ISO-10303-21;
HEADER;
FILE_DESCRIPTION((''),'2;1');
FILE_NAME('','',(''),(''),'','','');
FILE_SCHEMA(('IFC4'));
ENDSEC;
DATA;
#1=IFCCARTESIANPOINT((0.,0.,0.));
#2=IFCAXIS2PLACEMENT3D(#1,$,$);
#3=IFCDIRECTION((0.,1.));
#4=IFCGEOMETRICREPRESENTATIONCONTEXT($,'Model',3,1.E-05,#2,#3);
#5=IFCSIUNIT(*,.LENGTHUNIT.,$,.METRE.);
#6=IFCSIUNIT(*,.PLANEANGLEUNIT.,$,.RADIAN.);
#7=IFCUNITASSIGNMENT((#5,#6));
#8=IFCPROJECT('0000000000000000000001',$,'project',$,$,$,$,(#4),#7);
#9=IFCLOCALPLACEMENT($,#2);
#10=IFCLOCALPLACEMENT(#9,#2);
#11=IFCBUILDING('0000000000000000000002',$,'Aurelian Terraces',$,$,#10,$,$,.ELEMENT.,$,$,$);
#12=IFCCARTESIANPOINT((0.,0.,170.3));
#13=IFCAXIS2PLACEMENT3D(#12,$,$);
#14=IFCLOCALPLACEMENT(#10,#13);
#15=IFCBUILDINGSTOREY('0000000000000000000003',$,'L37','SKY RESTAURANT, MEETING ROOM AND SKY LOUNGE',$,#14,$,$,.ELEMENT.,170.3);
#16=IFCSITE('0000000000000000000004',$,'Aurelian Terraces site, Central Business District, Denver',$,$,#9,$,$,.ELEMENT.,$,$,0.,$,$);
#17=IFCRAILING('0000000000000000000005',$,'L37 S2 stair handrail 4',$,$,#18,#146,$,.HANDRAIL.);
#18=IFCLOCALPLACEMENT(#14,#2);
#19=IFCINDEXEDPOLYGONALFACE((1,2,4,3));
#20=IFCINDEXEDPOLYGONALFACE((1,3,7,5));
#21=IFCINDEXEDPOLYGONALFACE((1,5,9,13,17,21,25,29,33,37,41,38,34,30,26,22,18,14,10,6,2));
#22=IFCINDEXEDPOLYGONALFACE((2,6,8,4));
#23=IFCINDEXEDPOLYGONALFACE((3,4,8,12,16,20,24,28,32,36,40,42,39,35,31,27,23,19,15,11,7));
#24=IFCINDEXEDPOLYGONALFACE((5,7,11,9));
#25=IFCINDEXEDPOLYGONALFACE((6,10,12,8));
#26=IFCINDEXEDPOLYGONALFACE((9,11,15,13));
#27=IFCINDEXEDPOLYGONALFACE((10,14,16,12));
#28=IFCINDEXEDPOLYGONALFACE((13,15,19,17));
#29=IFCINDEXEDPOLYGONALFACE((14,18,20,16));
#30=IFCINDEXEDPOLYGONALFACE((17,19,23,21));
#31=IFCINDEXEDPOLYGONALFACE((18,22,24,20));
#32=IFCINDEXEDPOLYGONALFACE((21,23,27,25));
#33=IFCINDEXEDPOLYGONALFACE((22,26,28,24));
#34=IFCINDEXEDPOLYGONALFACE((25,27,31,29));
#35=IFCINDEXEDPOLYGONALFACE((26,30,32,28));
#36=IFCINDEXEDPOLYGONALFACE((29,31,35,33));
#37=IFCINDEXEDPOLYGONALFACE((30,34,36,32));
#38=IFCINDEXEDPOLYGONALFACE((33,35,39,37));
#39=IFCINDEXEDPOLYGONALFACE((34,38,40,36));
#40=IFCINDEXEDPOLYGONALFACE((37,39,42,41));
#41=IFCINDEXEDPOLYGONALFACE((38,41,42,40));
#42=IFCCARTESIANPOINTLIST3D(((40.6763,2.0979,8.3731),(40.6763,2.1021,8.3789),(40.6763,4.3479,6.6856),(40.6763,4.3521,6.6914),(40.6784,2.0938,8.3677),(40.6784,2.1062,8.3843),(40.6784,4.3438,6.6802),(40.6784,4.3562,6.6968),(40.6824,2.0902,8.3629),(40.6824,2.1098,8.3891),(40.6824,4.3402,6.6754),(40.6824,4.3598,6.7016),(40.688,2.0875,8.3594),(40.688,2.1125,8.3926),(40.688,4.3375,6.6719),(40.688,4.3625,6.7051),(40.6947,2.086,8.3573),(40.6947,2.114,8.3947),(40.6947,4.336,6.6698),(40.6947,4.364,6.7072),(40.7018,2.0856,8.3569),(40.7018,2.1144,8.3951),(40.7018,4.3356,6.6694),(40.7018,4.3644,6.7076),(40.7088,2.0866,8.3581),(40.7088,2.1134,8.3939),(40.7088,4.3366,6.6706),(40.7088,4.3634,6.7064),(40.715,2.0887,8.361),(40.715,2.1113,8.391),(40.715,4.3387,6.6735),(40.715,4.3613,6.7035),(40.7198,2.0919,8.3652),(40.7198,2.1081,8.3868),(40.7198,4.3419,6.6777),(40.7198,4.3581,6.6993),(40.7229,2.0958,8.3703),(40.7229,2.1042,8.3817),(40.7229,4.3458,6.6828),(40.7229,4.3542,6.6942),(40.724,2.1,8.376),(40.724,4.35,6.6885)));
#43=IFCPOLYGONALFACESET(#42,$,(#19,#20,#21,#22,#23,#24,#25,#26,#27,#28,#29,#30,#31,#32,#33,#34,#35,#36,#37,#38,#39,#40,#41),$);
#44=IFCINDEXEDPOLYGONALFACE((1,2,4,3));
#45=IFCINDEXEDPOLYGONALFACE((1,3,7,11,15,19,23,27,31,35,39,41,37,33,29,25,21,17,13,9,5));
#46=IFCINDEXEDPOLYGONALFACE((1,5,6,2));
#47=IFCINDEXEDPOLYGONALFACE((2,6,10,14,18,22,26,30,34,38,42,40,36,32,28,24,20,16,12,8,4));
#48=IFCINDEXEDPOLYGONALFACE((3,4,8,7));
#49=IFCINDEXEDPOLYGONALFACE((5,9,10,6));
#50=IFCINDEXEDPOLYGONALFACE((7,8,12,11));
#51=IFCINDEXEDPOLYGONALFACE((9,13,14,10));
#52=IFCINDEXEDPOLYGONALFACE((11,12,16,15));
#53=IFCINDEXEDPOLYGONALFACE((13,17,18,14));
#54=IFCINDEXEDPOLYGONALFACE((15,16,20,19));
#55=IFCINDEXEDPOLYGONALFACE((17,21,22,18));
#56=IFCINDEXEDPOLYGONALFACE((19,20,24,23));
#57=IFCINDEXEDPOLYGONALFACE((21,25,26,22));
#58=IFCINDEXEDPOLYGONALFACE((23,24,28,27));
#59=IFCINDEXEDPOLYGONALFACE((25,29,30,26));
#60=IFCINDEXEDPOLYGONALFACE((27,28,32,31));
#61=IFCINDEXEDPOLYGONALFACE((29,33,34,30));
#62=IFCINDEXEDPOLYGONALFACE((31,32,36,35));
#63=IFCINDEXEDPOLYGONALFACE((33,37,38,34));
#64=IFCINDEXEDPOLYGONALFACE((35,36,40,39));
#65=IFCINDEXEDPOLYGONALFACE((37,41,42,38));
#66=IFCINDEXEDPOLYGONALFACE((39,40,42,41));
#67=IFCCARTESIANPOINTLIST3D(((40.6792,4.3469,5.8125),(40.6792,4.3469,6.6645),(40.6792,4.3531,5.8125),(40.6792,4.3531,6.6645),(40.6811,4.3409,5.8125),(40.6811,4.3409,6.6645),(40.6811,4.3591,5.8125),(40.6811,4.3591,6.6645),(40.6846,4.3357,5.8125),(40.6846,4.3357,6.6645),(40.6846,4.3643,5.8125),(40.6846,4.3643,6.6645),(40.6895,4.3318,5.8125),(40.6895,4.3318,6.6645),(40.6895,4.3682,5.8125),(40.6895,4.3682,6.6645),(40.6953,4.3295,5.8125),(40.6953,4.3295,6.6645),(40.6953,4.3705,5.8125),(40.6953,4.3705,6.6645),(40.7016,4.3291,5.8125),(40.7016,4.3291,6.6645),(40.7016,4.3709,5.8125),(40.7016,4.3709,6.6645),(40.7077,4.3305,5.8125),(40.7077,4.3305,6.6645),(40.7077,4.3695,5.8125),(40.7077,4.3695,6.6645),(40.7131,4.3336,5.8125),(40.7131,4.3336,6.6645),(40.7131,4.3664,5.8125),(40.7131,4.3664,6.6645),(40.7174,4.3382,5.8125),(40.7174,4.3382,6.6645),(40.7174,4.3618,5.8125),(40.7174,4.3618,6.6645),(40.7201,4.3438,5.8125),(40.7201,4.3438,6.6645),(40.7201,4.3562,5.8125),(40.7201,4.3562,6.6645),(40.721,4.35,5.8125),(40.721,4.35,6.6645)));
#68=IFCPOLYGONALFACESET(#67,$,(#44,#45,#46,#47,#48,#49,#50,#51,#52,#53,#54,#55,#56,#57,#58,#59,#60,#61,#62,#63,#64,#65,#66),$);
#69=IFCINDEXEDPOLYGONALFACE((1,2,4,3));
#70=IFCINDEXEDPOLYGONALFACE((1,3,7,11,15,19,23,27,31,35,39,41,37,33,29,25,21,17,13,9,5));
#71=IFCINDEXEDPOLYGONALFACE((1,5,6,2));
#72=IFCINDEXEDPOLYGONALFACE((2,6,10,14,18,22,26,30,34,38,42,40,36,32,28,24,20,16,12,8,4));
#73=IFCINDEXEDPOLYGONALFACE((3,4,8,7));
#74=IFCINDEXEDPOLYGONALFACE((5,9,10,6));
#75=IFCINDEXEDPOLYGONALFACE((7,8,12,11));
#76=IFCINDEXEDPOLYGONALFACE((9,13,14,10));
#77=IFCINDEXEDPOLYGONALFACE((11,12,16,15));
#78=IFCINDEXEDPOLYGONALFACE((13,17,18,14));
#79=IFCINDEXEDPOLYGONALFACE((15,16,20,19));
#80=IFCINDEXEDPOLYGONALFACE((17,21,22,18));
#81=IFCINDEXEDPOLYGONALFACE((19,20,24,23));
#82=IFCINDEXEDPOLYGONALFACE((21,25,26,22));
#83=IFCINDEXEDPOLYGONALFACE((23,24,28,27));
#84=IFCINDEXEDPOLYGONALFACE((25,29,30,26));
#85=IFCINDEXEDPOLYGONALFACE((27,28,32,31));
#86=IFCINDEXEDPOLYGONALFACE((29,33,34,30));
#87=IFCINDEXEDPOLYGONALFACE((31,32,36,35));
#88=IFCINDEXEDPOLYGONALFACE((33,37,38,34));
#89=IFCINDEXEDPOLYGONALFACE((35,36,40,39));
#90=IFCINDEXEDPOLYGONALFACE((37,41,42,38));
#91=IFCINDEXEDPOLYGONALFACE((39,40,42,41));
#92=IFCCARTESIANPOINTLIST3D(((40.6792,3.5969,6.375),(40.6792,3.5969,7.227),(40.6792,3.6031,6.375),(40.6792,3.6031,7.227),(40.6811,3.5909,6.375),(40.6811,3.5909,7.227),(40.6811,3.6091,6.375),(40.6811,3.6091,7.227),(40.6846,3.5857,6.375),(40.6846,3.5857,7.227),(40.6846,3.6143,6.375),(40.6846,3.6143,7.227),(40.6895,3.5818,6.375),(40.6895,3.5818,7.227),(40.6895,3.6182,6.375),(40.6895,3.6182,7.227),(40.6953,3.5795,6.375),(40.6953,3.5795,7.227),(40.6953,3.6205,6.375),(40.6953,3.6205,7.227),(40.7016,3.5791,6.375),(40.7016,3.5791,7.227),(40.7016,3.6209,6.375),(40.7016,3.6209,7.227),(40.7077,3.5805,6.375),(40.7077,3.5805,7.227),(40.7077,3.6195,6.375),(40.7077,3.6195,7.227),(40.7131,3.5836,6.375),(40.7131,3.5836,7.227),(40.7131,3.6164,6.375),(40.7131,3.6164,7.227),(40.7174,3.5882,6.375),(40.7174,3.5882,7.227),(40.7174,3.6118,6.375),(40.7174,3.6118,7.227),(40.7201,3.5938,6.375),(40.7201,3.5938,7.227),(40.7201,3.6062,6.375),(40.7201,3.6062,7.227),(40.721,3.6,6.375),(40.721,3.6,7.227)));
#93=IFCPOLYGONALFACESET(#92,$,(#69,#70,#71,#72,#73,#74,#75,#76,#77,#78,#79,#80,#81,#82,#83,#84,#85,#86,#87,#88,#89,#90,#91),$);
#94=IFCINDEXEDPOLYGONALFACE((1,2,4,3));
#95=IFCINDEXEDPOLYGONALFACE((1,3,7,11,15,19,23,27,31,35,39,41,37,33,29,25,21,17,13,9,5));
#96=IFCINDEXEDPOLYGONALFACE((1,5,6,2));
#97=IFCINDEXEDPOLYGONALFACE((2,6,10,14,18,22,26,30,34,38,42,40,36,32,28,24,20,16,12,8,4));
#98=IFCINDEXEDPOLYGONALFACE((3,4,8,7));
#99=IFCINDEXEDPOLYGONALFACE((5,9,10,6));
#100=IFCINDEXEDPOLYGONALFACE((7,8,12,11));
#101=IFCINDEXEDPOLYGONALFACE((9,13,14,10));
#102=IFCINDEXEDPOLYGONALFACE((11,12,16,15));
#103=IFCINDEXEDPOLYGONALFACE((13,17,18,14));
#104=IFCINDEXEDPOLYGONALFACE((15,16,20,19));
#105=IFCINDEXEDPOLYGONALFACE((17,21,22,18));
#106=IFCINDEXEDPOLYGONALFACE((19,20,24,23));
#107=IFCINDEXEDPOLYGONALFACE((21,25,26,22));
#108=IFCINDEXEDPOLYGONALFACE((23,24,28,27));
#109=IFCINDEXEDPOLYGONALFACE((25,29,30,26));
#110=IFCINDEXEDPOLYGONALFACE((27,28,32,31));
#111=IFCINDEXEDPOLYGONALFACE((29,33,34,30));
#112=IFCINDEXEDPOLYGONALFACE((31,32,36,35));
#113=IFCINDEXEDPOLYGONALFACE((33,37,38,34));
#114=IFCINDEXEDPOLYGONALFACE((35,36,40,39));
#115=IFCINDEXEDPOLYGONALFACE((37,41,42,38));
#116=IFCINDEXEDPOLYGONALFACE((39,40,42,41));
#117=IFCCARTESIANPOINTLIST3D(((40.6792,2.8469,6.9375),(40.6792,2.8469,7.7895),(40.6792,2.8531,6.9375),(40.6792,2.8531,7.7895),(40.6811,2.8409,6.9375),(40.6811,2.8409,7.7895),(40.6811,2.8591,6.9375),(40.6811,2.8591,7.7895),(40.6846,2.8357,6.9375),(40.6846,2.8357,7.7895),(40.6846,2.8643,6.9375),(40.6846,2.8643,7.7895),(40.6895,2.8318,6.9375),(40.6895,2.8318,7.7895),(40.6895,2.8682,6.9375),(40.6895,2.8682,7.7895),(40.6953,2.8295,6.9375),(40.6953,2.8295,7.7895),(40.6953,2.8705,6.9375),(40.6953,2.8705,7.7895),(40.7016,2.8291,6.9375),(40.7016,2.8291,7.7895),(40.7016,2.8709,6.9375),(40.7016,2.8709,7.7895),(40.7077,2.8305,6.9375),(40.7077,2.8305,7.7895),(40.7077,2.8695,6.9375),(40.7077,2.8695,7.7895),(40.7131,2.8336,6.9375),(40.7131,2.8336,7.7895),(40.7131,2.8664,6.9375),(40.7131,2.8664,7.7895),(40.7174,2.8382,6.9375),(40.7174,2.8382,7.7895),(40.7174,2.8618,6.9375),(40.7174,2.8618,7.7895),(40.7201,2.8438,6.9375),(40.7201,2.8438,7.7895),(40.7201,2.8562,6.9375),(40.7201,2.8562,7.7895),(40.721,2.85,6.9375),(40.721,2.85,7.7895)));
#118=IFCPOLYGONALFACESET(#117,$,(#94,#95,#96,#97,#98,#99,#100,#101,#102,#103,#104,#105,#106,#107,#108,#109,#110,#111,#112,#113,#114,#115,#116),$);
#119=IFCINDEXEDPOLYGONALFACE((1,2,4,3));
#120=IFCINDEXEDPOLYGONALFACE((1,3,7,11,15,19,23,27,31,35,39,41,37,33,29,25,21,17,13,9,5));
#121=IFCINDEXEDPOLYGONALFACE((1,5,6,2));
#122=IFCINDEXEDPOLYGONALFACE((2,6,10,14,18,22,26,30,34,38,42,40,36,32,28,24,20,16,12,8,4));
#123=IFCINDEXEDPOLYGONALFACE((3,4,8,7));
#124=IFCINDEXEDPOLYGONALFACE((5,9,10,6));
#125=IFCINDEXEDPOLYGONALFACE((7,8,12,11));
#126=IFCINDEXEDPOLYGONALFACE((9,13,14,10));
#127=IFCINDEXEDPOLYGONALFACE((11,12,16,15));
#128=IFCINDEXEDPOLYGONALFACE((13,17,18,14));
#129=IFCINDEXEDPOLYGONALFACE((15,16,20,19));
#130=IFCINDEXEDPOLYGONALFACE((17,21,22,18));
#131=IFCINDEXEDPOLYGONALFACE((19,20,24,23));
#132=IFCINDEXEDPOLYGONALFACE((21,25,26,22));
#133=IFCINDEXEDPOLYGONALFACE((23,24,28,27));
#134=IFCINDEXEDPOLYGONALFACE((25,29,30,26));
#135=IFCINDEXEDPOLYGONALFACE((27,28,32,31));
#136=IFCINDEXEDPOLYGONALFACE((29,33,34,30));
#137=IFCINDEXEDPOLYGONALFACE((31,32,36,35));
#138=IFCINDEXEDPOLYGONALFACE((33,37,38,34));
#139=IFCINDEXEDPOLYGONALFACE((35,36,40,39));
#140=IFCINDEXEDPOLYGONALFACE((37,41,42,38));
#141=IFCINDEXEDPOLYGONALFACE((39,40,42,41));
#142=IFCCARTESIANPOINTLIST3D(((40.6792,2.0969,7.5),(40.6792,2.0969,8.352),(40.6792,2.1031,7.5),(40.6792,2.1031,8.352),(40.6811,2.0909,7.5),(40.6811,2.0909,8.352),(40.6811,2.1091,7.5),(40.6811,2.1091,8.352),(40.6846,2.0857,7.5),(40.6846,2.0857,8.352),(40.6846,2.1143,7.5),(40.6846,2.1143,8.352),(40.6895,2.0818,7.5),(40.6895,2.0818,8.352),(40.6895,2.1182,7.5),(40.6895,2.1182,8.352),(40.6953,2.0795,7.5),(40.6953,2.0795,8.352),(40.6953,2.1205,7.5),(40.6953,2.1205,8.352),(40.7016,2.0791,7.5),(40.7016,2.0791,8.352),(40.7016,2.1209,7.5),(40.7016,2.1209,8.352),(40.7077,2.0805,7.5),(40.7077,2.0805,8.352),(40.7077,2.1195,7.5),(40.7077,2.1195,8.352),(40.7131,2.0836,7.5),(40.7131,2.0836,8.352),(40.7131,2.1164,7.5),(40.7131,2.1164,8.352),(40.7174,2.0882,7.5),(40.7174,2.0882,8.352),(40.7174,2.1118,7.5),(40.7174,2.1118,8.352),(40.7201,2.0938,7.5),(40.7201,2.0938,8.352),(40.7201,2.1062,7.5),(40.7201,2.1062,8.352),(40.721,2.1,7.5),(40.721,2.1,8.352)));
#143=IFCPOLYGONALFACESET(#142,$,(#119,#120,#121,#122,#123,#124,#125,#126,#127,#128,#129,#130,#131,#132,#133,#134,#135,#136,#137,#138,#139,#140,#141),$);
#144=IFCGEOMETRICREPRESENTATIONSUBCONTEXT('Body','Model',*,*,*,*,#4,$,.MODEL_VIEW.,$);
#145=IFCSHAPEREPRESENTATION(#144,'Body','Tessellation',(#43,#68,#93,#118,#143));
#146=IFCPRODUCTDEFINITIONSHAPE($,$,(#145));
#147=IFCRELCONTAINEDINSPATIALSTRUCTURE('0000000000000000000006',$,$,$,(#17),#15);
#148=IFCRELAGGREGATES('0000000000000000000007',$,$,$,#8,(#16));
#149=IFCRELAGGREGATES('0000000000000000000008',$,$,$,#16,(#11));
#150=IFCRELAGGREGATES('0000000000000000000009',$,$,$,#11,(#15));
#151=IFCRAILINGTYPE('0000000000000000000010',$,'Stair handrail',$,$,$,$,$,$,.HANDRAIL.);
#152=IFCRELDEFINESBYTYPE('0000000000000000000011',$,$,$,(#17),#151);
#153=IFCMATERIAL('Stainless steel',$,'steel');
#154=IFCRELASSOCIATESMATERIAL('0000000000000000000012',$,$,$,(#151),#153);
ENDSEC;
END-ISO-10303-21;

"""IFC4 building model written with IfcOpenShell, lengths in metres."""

from ifc_helpers import new_model, si_unit, direction, frame, origin, origin_2d, place, context, subcontext, project, spatial, circle, extrude, source, transform, mapped, material, type_object, element, save


model = new_model("IFC4")

# Units and contexts
model_context = context("Model", 3, precision=1e-05, world=origin(), true_north=direction((0.0, 1.0)))
body_context = subcontext(model_context, "Body", "Model", "MODEL_VIEW")
ifc_project = project(units=[si_unit("LENGTHUNIT", "METRE"), si_unit("PLANEANGLEUNIT", "RADIAN")], contexts=[model_context])

# Site, building, storey
site_placement = place(None, origin())
site = spatial("IfcSite", under=ifc_project, at=site_placement, Name="Aurelian Terraces site, Central Business District, Denver", CompositionType="ELEMENT", RefElevation=0.0)
building_placement = place(site_placement, origin())
building = spatial("IfcBuilding", under=site, at=building_placement, Name="Aurelian Terraces", CompositionType="ELEMENT")
storey_placement = place(building_placement, frame((0.0, 0.0, 170.3)))
storey = spatial("IfcBuildingStorey", under=building, at=storey_placement, Name="L37", Description="SKY RESTAURANT, MEETING ROOM AND SKY LOUNGE", CompositionType="ELEMENT", Elevation=170.3)

# Railing
ifc_material_1 = material(Name="Stainless steel", Category="steel")
railing_type_1 = type_object("IfcRailingType", Name="Stair handrail", PredefinedType="HANDRAIL", material=ifc_material_1)
shared_shape_1 = source(origin(), body_context, "Body", "SweptSolid", [
    extrude(circle(Radius=0.024, at=origin_2d()), frame((0.0, 0.0, 0.876), z_axis=(0.0, -0.8, 0.6), x_axis=(1.0, 0.0, 0.0)), (0.0, 0.0, 1.0), 2.8125),
    extrude(circle(Radius=0.021, at=origin_2d()), origin(), (0.0, 0.0, 1.0), 0.852),
    extrude(circle(Radius=0.021, at=origin_2d()), frame((0.0, -0.75, 0.5625)), (0.0, 0.0, 1.0), 0.852),
    extrude(circle(Radius=0.021, at=origin_2d()), frame((0.0, -1.5, 1.125)), (0.0, 0.0, 1.0), 0.852),
    extrude(circle(Radius=0.021, at=origin_2d()), frame((0.0, -2.25, 1.6875)), (0.0, 0.0, 1.0), 0.852),
])
for number, where, name in (
    (1, (40.7, 4.35, 5.8125), "L37 S2 stair handrail 4"),
):
    element("IfcRailing", number, at=place(storey_placement, frame(where)), inside=storey, type_object=railing_type_1, Name=name, PredefinedType="HANDRAIL", context=body_context, shape_type="MappedRepresentation", body=[
        mapped(shared_shape_1, transform((0.0, 0.0, 0.0), scale=1.0)),
    ])

save(model, "model.ifc")
